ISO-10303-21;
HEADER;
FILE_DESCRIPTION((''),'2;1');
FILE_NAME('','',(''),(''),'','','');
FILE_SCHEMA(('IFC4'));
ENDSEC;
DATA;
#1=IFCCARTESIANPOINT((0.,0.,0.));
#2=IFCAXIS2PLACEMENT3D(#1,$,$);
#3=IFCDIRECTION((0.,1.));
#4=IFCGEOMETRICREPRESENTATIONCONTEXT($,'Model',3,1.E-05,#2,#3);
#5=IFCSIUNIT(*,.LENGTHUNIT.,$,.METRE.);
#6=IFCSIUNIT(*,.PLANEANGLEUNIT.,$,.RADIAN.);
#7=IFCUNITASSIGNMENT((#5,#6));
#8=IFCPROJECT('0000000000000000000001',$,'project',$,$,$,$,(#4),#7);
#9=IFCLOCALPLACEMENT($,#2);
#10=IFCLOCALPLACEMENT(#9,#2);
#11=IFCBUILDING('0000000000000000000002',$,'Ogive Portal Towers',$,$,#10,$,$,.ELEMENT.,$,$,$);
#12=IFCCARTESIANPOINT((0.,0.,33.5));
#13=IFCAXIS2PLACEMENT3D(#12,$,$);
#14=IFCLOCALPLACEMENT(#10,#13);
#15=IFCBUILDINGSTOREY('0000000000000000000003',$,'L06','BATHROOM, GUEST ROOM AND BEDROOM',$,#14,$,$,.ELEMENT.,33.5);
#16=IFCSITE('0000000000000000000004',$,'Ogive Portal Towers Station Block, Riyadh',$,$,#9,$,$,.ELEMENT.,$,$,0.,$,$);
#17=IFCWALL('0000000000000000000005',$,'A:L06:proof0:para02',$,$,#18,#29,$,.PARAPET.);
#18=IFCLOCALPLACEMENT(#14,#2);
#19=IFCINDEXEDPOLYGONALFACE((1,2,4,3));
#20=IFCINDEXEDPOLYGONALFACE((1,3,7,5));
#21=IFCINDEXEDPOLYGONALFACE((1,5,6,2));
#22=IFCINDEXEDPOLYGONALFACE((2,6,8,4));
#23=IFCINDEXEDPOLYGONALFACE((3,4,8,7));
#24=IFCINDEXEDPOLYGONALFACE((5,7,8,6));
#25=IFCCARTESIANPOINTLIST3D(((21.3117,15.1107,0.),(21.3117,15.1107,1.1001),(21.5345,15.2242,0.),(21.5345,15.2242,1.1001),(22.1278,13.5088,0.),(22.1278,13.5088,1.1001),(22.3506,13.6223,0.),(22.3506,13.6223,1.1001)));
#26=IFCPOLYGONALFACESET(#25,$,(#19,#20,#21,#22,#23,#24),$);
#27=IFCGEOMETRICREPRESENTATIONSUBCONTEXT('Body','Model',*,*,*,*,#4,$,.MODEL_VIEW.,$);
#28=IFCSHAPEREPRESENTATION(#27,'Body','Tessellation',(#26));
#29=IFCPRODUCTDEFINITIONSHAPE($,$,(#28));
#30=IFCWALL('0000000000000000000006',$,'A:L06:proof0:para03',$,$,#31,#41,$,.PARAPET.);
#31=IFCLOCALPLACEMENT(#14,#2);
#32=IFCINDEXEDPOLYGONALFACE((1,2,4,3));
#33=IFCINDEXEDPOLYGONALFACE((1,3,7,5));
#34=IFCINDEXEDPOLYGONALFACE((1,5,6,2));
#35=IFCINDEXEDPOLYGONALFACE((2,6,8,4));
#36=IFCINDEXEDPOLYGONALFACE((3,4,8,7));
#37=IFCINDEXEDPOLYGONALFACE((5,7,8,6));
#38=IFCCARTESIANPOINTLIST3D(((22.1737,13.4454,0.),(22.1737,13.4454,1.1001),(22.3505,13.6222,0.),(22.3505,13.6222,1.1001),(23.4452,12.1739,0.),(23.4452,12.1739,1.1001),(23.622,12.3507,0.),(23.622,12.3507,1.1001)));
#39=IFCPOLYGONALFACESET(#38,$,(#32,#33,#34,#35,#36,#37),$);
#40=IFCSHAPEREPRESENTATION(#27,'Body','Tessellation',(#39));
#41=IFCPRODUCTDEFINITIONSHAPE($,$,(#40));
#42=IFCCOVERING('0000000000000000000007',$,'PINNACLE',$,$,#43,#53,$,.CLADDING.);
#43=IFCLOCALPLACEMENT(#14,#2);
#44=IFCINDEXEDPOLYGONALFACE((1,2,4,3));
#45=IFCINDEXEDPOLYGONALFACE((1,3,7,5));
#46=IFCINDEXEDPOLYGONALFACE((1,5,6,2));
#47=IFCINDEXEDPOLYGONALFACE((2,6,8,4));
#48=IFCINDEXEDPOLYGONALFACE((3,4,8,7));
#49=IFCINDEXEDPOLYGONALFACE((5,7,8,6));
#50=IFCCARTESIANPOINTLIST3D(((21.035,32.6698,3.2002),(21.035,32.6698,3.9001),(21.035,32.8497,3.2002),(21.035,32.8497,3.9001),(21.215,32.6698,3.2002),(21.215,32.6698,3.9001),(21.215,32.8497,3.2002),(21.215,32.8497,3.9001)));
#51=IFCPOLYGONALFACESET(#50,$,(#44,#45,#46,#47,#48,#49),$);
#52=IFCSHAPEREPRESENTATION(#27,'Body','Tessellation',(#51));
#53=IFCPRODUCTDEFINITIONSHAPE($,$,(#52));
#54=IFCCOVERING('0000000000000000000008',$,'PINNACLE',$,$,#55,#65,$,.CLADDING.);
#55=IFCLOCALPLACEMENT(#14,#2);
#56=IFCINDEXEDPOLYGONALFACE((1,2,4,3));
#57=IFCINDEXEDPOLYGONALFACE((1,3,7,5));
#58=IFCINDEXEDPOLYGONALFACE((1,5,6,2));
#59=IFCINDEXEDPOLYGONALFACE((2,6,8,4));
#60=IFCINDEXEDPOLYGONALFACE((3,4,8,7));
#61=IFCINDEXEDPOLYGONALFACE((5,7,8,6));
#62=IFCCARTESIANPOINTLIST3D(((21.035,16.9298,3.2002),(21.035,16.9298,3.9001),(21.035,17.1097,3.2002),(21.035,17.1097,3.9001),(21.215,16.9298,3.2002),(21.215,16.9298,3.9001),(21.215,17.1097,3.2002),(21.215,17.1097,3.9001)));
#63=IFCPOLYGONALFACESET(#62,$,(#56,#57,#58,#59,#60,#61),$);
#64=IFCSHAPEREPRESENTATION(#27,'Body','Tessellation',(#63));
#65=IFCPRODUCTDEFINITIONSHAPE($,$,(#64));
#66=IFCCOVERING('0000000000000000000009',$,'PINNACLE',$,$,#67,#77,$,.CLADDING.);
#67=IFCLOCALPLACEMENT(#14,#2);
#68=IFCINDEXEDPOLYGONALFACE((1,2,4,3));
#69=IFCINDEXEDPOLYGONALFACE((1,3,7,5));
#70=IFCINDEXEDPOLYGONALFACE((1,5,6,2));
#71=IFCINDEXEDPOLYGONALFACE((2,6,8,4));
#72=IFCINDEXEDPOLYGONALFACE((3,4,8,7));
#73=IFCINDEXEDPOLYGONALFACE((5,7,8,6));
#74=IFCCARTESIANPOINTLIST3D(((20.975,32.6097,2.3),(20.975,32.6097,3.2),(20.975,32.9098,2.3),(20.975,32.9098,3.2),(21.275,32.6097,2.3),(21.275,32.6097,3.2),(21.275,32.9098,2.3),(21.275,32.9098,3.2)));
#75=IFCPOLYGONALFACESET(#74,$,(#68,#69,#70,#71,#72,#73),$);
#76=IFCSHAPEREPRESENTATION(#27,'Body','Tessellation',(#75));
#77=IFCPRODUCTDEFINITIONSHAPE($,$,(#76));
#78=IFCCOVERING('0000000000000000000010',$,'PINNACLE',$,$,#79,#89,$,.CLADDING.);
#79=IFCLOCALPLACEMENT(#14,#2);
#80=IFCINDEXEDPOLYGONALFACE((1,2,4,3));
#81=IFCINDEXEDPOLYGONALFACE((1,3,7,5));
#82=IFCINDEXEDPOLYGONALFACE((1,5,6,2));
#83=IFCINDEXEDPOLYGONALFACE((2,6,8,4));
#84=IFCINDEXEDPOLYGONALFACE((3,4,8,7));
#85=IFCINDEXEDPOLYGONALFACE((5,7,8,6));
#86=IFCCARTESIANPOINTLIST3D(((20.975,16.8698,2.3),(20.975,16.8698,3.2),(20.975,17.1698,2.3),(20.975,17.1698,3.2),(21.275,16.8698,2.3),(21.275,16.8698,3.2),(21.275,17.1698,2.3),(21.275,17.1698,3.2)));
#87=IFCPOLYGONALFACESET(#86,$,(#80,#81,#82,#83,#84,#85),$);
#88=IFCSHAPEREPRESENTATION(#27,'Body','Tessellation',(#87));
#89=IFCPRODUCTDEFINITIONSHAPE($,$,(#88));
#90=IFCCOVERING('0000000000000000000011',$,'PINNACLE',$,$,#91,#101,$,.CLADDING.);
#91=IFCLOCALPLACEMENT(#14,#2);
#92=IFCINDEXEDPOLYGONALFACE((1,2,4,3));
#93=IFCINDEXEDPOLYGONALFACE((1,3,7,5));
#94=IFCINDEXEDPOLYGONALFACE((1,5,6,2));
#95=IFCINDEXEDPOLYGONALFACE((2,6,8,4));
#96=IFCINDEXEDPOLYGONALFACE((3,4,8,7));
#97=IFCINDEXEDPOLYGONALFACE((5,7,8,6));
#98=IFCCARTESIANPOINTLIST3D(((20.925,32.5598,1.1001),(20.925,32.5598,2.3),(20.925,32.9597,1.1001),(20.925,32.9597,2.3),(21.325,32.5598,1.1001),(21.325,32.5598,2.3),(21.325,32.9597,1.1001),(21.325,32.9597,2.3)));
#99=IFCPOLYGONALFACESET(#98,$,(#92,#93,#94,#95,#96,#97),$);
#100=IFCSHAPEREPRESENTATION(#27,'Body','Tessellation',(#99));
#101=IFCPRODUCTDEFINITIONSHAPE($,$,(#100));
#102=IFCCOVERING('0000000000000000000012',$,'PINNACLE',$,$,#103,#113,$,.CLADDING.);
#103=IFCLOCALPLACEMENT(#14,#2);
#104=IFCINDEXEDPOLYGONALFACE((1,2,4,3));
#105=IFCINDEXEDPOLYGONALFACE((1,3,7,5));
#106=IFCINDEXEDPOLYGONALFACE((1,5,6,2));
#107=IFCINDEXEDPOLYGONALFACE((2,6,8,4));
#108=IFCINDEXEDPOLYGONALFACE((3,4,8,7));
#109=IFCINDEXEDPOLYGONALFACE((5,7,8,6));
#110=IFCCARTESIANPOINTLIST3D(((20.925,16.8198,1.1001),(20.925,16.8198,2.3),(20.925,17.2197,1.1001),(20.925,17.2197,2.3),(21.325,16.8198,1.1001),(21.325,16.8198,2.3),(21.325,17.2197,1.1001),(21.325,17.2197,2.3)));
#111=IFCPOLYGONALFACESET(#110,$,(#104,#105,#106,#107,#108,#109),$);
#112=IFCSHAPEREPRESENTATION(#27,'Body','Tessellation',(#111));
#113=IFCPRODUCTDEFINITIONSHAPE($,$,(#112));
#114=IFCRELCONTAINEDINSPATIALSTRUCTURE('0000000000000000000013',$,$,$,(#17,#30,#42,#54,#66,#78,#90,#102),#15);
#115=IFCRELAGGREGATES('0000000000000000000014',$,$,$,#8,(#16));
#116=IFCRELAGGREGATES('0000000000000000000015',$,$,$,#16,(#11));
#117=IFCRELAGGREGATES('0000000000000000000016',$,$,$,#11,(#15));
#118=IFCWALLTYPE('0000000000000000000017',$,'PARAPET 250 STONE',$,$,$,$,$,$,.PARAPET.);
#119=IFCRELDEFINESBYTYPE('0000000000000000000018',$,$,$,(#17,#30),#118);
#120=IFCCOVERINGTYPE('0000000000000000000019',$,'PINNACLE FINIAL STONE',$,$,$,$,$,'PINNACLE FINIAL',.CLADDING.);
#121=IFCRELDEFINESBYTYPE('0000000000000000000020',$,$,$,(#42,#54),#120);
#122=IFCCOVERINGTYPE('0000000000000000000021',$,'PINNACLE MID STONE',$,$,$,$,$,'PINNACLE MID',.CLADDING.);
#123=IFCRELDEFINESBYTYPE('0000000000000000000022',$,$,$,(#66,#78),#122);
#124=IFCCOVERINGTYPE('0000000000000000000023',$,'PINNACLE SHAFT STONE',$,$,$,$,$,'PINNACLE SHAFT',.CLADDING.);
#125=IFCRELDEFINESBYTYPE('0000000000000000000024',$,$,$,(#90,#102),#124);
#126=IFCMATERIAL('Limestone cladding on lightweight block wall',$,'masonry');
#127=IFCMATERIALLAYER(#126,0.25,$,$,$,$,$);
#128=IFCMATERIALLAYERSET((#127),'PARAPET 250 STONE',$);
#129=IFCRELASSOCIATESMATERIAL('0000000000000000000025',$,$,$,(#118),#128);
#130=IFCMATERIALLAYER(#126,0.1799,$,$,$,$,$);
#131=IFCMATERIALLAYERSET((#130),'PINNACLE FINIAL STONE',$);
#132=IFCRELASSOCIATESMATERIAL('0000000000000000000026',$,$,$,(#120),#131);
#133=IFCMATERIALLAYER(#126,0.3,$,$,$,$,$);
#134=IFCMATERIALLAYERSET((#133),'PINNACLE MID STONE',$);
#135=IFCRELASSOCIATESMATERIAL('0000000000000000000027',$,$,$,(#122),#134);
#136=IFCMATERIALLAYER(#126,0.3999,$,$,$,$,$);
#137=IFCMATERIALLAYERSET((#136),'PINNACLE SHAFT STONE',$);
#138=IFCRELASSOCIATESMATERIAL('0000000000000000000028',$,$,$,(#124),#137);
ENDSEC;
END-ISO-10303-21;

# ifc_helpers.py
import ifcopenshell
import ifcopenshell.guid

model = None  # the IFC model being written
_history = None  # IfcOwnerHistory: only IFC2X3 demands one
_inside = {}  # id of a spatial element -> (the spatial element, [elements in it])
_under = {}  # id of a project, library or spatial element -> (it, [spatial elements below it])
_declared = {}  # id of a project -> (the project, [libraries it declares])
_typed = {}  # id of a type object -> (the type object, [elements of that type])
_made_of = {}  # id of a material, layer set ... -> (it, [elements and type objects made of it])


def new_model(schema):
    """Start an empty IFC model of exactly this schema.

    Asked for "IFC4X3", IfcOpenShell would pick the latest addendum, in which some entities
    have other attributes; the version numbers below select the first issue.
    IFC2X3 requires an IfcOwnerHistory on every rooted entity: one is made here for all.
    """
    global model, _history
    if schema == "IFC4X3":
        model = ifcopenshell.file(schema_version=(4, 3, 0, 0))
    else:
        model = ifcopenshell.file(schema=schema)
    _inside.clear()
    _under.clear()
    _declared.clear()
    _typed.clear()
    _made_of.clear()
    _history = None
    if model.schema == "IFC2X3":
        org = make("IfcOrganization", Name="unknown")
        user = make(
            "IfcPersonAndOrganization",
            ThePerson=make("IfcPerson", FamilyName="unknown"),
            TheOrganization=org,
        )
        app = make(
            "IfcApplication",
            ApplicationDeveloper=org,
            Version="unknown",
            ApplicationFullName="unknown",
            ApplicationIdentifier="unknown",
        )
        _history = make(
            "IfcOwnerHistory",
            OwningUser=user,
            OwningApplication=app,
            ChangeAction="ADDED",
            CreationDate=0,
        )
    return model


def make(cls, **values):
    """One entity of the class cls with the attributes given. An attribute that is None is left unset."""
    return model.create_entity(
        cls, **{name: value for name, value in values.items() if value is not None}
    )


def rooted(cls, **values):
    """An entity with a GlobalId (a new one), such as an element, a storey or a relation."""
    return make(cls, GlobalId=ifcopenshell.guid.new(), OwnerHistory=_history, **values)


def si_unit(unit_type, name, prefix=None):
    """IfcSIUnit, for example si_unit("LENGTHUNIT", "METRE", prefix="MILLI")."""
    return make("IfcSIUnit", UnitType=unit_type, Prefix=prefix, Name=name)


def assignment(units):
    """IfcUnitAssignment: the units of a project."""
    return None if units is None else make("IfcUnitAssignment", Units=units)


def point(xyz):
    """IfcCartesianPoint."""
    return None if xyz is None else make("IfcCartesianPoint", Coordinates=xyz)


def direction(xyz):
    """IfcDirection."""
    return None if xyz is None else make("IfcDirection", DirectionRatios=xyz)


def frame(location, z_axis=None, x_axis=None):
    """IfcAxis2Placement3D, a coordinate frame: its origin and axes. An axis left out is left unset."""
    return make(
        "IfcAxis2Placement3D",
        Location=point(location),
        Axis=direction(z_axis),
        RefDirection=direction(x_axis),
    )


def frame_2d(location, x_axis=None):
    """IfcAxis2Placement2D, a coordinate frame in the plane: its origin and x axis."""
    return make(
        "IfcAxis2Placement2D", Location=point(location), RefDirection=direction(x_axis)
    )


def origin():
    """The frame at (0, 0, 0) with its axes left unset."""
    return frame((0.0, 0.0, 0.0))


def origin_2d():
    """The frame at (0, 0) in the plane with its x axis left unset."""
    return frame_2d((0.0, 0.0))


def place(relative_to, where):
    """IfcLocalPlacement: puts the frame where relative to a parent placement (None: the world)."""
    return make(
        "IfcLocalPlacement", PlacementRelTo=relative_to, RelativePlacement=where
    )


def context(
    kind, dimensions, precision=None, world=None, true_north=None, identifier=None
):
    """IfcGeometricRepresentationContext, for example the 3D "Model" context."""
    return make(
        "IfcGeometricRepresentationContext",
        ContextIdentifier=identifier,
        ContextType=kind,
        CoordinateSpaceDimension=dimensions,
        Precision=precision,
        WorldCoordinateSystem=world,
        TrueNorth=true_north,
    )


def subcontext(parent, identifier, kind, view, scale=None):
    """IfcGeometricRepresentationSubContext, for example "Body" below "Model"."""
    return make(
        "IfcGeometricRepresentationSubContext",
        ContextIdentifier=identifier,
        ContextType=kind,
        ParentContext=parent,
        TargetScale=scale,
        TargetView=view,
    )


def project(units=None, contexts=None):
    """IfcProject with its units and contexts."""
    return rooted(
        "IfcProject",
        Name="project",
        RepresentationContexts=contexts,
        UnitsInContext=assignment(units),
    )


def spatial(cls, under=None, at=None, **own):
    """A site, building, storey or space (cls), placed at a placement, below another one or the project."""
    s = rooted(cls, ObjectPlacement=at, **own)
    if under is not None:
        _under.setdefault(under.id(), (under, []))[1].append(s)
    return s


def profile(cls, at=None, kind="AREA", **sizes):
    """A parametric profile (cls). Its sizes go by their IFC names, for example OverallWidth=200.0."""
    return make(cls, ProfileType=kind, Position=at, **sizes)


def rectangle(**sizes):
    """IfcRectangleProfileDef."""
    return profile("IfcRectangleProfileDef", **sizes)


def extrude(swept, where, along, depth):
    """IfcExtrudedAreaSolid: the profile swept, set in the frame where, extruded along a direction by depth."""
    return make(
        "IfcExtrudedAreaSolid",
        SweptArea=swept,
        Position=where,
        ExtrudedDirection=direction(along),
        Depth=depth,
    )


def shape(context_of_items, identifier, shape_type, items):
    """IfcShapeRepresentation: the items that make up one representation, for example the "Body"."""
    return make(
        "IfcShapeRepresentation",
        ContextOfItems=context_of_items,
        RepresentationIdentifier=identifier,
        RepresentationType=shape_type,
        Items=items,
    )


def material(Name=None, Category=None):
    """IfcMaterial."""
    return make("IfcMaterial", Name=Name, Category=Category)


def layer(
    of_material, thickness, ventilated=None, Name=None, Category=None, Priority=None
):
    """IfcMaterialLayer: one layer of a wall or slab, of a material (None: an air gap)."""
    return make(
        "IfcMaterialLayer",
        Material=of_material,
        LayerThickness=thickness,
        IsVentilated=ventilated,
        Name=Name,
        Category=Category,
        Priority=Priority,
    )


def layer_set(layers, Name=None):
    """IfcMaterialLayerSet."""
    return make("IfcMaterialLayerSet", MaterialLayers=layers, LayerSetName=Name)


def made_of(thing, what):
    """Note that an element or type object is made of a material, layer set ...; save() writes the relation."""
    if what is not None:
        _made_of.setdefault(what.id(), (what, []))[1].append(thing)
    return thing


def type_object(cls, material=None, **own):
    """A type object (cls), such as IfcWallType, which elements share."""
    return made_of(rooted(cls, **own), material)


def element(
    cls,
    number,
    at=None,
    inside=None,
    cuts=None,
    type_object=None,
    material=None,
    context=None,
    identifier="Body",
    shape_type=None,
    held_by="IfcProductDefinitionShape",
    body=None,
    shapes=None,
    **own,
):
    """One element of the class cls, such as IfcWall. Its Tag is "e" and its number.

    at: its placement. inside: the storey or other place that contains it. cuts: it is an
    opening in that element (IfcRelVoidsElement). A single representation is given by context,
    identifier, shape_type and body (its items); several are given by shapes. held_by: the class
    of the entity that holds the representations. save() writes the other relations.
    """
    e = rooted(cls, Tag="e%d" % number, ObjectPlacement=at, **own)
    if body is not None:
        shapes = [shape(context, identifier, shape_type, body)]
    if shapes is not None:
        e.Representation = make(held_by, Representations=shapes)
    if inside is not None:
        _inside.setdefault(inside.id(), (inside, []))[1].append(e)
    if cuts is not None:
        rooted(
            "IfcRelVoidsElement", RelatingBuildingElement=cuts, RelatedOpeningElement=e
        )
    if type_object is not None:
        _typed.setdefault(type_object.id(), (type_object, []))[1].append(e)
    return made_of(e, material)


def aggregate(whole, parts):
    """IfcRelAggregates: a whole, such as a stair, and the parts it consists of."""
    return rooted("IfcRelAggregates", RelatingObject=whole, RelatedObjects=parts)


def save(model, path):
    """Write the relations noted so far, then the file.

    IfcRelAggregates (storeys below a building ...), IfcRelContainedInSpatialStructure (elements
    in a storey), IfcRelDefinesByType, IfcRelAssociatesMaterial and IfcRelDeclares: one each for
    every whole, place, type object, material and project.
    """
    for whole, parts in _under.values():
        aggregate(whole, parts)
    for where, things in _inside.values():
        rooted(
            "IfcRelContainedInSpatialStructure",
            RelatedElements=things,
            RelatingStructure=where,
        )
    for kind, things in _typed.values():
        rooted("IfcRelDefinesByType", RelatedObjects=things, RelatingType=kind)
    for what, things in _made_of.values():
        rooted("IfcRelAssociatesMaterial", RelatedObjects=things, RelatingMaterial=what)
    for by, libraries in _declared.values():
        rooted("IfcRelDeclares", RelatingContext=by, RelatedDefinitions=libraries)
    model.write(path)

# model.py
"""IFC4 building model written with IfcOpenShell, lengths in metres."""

from ifc_helpers import new_model, si_unit, direction, frame, frame_2d, origin, origin_2d, place, context, subcontext, project, spatial, rectangle, extrude, material, layer, layer_set, type_object, element, save


model = new_model("IFC4")

# Units and contexts
model_context = context("Model", 3, precision=1e-05, world=origin(), true_north=direction((0.0, 1.0)))
body_context = subcontext(model_context, "Body", "Model", "MODEL_VIEW")
ifc_project = project(units=[si_unit("LENGTHUNIT", "METRE"), si_unit("PLANEANGLEUNIT", "RADIAN")], contexts=[model_context])

# Site, building, storey
site_placement = place(None, origin())
site = spatial("IfcSite", under=ifc_project, at=site_placement, Name="Ogive Portal Towers Station Block, Riyadh", CompositionType="ELEMENT", RefElevation=0.0)
building_placement = place(site_placement, origin())
building = spatial("IfcBuilding", under=site, at=building_placement, Name="Ogive Portal Towers", CompositionType="ELEMENT")
storey_placement = place(building_placement, frame((0.0, 0.0, 33.5)))
storey = spatial("IfcBuildingStorey", under=building, at=storey_placement, Name="L06", Description="BATHROOM, GUEST ROOM AND BEDROOM", CompositionType="ELEMENT", Elevation=33.5)

# Walls
ifc_material_1 = material(Name="Limestone cladding on lightweight block wall", Category="masonry")
ifc_layer_1 = layer(ifc_material_1, 0.25)
ifc_layer_set_1 = layer_set([ifc_layer_1], Name="PARAPET 250 STONE")
wall_type_1 = type_object("IfcWallType", Name="PARAPET 250 STONE", PredefinedType="PARAPET", material=ifc_layer_set_1)
wall_1_placement = place(storey_placement, frame((21.4231, 15.1675, 0.0), z_axis=(0.0, 0.0, 1.0), x_axis=(0.453936, -0.891034, 0.0)))
element("IfcWall", 1, at=wall_1_placement, inside=storey, type_object=wall_type_1, Name="A:L06:proof0:para02", PredefinedType="PARAPET", context=body_context, shape_type="SweptSolid", body=[
    extrude(rectangle(XDim=1.7979, YDim=0.25, at=frame_2d((0.8989, 0.0))), origin(), (0.0, 0.0, 1.0), 1.1001),
])
wall_2_placement = place(storey_placement, frame((22.2622, 13.5337, 0.0), z_axis=(0.0, 0.0, 1.0), x_axis=(0.707107, -0.707107, 0.0)))
element("IfcWall", 2, at=wall_2_placement, inside=storey, type_object=wall_type_1, Name="A:L06:proof0:para03", PredefinedType="PARAPET", context=body_context, shape_type="SweptSolid", body=[
    extrude(rectangle(XDim=1.7981, YDim=0.25, at=frame_2d((0.8989, 0.0))), origin(), (0.0, 0.0, 1.0), 1.1001),
])

# Coverings
ifc_layer_2 = layer(ifc_material_1, 0.1799)
ifc_layer_set_2 = layer_set([ifc_layer_2], Name="PINNACLE FINIAL STONE")
covering_type_1 = type_object("IfcCoveringType", Name="PINNACLE FINIAL STONE", ElementType="PINNACLE FINIAL", PredefinedType="CLADDING", material=ifc_layer_set_2)
for number, where, z_axis, x_axis, name in (
    (3, (21.125, 32.7598, 3.2002), (0.0, 0.0, 1.0), (1.0, 0.0, 0.0), "PINNACLE"),
    (4, (21.125, 17.0198, 3.2002), (0.0, 0.0, 1.0), (1.0, 0.0, 0.0), "PINNACLE"),
):
    element("IfcCovering", number, at=place(storey_placement, frame(where, z_axis=z_axis, x_axis=x_axis)), inside=storey, type_object=covering_type_1, Name=name, PredefinedType="CLADDING", context=body_context, shape_type="SweptSolid", body=[
        extrude(rectangle(XDim=0.1799, YDim=0.1799, at=origin_2d()), origin(), (0.0, 0.0, 1.0), 0.7),
    ])
ifc_layer_3 = layer(ifc_material_1, 0.3)
ifc_layer_set_3 = layer_set([ifc_layer_3], Name="PINNACLE MID STONE")
covering_type_2 = type_object("IfcCoveringType", Name="PINNACLE MID STONE", ElementType="PINNACLE MID", PredefinedType="CLADDING", material=ifc_layer_set_3)
for number, where, z_axis, x_axis, name in (
    (5, (21.125, 32.7598, 2.3), (0.0, 0.0, 1.0), (1.0, 0.0, 0.0), "PINNACLE"),
    (6, (21.125, 17.0198, 2.3), (0.0, 0.0, 1.0), (1.0, 0.0, 0.0), "PINNACLE"),
):
    element("IfcCovering", number, at=place(storey_placement, frame(where, z_axis=z_axis, x_axis=x_axis)), inside=storey, type_object=covering_type_2, Name=name, PredefinedType="CLADDING", context=body_context, shape_type="SweptSolid", body=[
        extrude(rectangle(XDim=0.3, YDim=0.3, at=origin_2d()), origin(), (0.0, 0.0, 1.0), 0.8999),
    ])
ifc_layer_4 = layer(ifc_material_1, 0.3999)
ifc_layer_set_4 = layer_set([ifc_layer_4], Name="PINNACLE SHAFT STONE")
covering_type_3 = type_object("IfcCoveringType", Name="PINNACLE SHAFT STONE", ElementType="PINNACLE SHAFT", PredefinedType="CLADDING", material=ifc_layer_set_4)
for number, where, z_axis, x_axis, name in (
    (7, (21.125, 32.7598, 1.1001), (0.0, 0.0, 1.0), (1.0, 0.0, 0.0), "PINNACLE"),
    (8, (21.125, 17.0198, 1.1001), (0.0, 0.0, 1.0), (1.0, 0.0, 0.0), "PINNACLE"),
):
    element("IfcCovering", number, at=place(storey_placement, frame(where, z_axis=z_axis, x_axis=x_axis)), inside=storey, type_object=covering_type_3, Name=name, PredefinedType="CLADDING", context=body_context, shape_type="SweptSolid", body=[
        extrude(rectangle(XDim=0.3999, YDim=0.3999, at=origin_2d()), origin(), (0.0, 0.0, 1.0), 1.2),
    ])

save(model, "model.ifc")
